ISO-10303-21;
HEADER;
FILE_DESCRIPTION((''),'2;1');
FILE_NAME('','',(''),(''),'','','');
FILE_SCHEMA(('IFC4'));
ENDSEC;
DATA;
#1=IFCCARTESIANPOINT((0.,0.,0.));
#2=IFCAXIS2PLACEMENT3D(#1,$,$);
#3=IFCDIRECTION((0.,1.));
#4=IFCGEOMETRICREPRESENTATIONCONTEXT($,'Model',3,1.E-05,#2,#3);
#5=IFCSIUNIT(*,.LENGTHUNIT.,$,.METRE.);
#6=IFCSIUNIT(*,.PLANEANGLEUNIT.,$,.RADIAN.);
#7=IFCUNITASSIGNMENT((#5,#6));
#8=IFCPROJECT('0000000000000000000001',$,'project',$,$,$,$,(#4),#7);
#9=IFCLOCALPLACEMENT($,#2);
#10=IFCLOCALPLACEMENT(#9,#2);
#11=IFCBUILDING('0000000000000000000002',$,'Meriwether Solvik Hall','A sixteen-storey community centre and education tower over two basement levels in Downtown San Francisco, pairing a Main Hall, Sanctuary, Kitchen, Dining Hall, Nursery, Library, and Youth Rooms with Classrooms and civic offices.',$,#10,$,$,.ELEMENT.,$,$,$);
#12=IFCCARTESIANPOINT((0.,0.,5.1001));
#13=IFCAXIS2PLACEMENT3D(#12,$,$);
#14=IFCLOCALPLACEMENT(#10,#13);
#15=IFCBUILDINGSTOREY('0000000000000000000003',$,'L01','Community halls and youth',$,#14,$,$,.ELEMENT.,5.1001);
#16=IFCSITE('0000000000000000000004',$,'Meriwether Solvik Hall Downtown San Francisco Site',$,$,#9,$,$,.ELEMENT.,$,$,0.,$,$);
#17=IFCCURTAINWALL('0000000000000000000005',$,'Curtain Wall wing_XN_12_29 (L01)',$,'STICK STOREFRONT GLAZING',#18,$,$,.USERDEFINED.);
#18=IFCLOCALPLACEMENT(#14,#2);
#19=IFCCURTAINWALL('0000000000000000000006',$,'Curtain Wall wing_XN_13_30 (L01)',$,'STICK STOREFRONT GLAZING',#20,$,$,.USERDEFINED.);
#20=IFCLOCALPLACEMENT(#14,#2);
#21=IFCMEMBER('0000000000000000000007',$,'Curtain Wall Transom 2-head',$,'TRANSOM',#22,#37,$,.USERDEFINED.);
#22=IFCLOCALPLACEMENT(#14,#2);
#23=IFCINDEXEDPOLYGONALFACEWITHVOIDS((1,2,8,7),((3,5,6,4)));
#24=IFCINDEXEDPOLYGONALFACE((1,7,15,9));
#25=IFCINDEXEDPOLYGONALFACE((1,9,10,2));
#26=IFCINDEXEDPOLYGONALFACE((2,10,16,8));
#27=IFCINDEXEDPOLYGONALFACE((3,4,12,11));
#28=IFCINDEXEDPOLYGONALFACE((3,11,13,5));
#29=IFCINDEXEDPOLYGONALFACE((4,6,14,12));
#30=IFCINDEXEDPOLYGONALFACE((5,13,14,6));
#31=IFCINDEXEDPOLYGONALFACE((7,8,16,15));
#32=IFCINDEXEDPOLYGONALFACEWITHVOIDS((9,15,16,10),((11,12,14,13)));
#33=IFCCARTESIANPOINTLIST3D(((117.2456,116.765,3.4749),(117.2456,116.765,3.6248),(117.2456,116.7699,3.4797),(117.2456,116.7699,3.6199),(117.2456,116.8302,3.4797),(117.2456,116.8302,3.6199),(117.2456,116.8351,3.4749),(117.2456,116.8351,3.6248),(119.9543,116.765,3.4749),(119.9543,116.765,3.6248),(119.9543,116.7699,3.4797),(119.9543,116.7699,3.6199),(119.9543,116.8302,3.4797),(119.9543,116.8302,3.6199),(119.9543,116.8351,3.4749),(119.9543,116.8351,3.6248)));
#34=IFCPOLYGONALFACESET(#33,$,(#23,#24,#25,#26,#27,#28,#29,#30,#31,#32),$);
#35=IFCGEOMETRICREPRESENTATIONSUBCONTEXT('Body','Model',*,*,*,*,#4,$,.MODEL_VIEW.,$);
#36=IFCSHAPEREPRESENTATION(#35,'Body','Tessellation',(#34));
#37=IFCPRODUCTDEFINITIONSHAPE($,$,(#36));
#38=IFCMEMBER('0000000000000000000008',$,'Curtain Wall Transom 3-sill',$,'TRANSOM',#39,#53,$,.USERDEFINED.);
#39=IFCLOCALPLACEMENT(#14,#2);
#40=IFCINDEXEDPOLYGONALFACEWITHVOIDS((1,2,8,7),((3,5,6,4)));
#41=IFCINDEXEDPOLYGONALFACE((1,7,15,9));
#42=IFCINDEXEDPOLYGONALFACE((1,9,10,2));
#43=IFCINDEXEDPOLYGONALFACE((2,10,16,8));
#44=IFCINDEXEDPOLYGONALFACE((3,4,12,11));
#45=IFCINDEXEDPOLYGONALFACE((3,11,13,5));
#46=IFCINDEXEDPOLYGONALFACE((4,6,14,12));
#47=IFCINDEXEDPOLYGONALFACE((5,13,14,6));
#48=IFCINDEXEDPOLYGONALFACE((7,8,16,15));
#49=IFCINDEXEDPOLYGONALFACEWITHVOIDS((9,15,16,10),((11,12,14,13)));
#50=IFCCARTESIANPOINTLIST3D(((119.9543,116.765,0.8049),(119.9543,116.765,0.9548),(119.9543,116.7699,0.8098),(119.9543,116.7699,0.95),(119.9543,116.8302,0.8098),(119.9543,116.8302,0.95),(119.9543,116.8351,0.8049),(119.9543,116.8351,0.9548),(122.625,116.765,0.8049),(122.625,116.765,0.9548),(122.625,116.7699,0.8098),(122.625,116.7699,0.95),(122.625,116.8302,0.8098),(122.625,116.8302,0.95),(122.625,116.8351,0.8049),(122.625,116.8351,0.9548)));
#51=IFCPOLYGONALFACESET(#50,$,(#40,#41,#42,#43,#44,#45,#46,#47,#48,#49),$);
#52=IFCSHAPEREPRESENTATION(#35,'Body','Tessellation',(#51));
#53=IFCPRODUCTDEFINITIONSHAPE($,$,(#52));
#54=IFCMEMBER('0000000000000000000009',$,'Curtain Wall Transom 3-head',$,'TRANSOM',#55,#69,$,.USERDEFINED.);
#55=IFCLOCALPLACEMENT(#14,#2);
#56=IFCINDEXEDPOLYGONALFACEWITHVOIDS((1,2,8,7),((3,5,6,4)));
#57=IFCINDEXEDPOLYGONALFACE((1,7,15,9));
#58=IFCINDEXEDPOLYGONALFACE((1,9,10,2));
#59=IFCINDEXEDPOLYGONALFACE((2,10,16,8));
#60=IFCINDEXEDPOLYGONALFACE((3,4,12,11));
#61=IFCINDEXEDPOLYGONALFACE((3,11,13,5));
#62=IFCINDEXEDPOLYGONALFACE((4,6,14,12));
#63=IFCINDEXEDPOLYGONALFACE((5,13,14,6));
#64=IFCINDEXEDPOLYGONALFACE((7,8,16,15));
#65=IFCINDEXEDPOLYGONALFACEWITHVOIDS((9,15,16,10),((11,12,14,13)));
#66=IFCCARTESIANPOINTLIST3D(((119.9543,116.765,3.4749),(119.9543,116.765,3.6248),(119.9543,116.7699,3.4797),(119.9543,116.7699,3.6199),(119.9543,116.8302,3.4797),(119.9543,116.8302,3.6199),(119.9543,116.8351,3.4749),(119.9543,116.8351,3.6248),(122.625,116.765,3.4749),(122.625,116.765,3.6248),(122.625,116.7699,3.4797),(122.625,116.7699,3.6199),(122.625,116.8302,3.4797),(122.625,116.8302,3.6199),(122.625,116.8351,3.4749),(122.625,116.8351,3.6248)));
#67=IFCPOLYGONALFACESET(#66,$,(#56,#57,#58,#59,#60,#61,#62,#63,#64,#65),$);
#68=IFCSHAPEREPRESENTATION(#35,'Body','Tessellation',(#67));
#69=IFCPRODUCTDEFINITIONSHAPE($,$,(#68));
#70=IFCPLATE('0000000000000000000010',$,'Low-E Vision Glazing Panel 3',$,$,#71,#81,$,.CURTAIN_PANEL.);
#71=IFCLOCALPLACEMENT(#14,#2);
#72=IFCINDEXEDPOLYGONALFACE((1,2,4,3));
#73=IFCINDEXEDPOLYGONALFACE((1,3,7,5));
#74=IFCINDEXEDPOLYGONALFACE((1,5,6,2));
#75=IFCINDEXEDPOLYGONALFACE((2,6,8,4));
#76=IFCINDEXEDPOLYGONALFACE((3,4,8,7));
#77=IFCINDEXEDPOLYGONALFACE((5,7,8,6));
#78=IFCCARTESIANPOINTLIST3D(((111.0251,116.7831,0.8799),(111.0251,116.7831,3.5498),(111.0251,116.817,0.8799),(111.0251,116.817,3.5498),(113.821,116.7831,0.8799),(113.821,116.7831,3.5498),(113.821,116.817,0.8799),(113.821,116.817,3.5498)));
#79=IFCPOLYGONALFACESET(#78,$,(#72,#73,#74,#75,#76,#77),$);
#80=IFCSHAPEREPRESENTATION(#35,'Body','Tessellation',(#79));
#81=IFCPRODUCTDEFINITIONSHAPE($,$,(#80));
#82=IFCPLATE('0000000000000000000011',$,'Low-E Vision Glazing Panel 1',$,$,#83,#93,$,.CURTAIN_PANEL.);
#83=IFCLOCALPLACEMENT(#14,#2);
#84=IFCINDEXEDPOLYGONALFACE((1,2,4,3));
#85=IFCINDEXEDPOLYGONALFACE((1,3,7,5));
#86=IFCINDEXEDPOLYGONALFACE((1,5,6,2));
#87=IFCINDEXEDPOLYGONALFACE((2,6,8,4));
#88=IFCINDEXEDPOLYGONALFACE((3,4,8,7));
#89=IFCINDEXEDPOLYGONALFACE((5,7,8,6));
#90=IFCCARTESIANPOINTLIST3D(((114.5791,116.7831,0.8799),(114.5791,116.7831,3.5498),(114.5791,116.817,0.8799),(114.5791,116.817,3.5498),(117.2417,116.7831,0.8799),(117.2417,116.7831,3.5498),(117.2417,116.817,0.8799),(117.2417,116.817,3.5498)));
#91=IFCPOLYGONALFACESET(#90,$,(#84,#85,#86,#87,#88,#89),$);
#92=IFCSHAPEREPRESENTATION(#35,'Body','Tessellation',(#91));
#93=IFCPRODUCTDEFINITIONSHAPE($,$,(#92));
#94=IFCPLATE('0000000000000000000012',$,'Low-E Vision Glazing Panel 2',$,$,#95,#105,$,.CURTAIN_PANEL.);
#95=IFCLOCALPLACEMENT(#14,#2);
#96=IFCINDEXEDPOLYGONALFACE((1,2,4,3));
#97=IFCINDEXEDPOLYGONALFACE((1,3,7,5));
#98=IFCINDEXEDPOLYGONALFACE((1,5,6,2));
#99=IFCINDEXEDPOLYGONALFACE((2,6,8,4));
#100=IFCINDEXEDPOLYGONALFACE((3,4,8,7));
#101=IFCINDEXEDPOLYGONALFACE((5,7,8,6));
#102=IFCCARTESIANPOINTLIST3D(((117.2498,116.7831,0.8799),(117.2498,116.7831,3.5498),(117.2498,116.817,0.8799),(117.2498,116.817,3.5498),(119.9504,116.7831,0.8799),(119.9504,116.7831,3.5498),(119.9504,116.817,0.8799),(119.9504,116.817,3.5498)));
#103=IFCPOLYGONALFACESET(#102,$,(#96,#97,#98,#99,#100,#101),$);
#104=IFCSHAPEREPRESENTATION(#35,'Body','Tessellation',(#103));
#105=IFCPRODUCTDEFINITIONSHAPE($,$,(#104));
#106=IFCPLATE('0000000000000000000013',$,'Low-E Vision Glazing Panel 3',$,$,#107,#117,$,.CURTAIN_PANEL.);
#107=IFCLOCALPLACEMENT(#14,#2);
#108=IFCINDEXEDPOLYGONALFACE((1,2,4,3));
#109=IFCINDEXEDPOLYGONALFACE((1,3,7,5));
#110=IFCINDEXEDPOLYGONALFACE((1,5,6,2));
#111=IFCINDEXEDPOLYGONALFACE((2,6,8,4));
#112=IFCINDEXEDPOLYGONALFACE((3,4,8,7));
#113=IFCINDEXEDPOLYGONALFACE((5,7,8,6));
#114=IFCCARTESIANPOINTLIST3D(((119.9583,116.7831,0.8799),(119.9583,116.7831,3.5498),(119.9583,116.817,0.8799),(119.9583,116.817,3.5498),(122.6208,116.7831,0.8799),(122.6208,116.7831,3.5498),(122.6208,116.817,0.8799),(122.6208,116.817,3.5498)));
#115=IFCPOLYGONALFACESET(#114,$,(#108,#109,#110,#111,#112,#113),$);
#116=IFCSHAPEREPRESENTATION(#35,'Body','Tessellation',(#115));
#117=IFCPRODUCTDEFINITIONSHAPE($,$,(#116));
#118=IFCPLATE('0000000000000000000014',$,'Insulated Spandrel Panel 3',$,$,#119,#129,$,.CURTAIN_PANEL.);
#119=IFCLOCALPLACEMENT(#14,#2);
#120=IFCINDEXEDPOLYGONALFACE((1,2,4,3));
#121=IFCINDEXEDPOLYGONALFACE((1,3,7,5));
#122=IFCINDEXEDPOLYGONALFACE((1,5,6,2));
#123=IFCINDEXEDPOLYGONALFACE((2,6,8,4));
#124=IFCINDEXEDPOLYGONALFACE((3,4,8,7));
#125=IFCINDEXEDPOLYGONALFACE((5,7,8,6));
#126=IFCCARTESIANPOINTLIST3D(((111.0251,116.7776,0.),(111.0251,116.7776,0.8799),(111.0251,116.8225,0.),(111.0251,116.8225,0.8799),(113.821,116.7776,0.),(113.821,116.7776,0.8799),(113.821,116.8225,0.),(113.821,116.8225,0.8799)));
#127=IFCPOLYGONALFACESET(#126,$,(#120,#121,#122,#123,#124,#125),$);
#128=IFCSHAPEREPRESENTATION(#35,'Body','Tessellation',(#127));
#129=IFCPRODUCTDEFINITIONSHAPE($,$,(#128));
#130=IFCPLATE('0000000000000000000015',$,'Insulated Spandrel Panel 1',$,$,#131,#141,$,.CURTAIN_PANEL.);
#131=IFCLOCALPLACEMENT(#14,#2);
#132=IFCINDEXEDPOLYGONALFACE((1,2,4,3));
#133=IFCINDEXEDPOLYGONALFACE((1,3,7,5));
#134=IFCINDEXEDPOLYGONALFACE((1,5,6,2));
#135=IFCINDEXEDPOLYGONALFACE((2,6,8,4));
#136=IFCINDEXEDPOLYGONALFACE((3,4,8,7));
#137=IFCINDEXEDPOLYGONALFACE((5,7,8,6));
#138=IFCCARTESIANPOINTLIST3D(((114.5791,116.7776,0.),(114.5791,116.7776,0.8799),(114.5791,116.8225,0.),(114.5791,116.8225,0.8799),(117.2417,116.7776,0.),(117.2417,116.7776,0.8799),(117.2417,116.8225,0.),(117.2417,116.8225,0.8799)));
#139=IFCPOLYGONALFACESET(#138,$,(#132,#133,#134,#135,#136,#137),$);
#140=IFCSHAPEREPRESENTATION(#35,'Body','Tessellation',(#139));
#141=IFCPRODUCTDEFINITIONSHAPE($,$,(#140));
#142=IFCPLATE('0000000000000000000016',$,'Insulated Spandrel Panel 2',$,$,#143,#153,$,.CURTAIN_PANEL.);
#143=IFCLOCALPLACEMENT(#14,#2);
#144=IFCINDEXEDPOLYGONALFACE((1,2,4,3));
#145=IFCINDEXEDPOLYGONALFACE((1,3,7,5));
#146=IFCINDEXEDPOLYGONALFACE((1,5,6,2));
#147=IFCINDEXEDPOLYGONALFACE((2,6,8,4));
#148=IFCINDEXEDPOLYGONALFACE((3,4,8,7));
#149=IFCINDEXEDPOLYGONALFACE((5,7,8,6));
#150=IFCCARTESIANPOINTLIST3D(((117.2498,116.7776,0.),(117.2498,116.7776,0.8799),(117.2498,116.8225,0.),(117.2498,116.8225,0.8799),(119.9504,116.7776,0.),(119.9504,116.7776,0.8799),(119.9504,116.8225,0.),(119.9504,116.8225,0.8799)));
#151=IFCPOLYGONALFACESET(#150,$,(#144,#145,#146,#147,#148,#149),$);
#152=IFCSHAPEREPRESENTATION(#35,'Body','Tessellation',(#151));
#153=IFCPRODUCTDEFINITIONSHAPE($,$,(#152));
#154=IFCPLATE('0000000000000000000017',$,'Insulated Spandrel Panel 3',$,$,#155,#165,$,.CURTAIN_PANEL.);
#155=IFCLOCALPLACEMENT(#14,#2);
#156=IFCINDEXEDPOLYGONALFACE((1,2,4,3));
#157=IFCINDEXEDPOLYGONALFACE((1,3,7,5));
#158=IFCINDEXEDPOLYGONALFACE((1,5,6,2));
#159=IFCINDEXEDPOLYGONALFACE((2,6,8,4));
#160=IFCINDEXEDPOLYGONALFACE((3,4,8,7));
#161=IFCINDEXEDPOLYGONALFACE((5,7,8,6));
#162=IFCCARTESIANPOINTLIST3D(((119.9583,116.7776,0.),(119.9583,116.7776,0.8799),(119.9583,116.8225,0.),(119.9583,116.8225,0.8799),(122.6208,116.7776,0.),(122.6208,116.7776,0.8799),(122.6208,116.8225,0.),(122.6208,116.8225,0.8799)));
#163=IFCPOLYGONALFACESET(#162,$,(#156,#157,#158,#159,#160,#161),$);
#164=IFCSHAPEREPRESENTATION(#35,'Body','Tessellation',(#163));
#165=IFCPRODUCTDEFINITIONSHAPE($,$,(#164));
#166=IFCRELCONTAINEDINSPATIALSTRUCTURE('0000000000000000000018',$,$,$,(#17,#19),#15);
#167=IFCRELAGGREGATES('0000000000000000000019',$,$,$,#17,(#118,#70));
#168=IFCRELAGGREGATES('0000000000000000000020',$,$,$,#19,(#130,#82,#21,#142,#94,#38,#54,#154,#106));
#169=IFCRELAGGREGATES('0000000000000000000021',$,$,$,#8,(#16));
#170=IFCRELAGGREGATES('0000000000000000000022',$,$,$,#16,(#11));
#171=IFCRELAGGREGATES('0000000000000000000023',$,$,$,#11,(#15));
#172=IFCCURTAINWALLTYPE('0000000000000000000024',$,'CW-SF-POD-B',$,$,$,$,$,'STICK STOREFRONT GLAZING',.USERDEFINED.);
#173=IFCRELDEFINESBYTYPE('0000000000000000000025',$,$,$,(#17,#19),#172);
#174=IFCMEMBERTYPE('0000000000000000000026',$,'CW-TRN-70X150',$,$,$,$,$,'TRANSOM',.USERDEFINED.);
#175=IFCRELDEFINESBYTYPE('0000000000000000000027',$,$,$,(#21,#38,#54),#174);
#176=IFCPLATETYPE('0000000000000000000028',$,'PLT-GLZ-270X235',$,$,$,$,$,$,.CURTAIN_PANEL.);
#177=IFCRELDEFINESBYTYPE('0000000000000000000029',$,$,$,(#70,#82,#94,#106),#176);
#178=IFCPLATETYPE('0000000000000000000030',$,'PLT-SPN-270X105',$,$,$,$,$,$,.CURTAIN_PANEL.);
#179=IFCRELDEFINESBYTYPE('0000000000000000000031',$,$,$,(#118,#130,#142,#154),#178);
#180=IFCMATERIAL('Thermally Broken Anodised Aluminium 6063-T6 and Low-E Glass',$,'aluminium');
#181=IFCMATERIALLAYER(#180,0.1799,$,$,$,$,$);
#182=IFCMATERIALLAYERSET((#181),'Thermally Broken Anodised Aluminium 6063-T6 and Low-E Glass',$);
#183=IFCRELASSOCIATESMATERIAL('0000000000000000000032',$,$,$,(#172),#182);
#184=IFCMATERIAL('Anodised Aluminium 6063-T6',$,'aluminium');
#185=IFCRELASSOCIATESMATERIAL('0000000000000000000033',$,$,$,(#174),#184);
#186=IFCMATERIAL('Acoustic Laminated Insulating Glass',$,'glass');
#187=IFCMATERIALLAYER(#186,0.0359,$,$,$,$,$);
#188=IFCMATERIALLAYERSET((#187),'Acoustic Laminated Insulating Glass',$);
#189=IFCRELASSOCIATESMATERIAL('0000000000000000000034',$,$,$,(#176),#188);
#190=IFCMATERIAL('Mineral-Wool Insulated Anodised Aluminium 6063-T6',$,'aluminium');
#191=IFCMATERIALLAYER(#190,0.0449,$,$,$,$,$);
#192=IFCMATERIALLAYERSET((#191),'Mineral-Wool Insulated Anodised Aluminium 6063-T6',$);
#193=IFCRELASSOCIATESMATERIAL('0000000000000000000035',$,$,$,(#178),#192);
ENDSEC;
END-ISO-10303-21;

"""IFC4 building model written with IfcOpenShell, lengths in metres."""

from ifc_helpers import new_model, si_unit, direction, frame, origin, origin_2d, place, context, subcontext, project, spatial, rectangle, hollow_rectangle, extrude, material, layer, layer_set, material_profile, profile_set, type_object, element, aggregate, save


model = new_model("IFC4")

# Units and contexts
model_context = context("Model", 3, precision=1e-05, world=origin(), true_north=direction((0.0, 1.0)))
body_context = subcontext(model_context, "Body", "Model", "MODEL_VIEW")
ifc_project = project(units=[si_unit("LENGTHUNIT", "METRE"), si_unit("PLANEANGLEUNIT", "RADIAN")], contexts=[model_context])

# Site, building, storey
site_placement = place(None, origin())
site = spatial("IfcSite", under=ifc_project, at=site_placement, Name="Meriwether Solvik Hall Downtown San Francisco Site", CompositionType="ELEMENT", RefElevation=0.0)
building_placement = place(site_placement, origin())
building = spatial("IfcBuilding", under=site, at=building_placement, Name="Meriwether Solvik Hall", Description="A sixteen-storey community centre and education tower over two basement levels in Downtown San Francisco, pairing a Main Hall, Sanctuary, Kitchen, Dining Hall, Nursery, Library, and Youth Rooms with Classrooms and civic offices.", CompositionType="ELEMENT")
storey_placement = place(building_placement, frame((0.0, 0.0, 5.1001)))
storey = spatial("IfcBuildingStorey", under=building, at=storey_placement, Name="L01", Description="Community halls and youth", CompositionType="ELEMENT", Elevation=5.1001)

# Curtain wall
ifc_material_1 = material(Name="Thermally Broken Anodised Aluminium 6063-T6 and Low-E Glass", Category="aluminium")
ifc_layer_1 = layer(ifc_material_1, 0.1799)
ifc_layer_set_1 = layer_set([ifc_layer_1], Name="Thermally Broken Anodised Aluminium 6063-T6 and Low-E Glass")
curtain_wall_type = type_object("IfcCurtainWallType", Name="CW-SF-POD-B", ElementType="STICK STOREFRONT GLAZING", PredefinedType="USERDEFINED", material=ifc_layer_set_1)
curtain_wall_1_placement = place(storey_placement, origin())
curtain_wall_1 = element("IfcCurtainWall", 1, at=curtain_wall_1_placement, inside=storey, type_object=curtain_wall_type, Name="Curtain Wall wing_XN_12_29 (L01)", ObjectType="STICK STOREFRONT GLAZING", PredefinedType="USERDEFINED")

# Curtain wall, members
curtain_wall_2_placement = place(storey_placement, origin())
curtain_wall_2 = element("IfcCurtainWall", 2, at=curtain_wall_2_placement, inside=storey, type_object=curtain_wall_type, Name="Curtain Wall wing_XN_13_30 (L01)", ObjectType="STICK STOREFRONT GLAZING", PredefinedType="USERDEFINED")
ifc_material_2 = material(Name="Anodised Aluminium 6063-T6", Category="aluminium")
ifc_material_profile_1 = material_profile(ifc_material_2, hollow_rectangle(XDim=0.0701, YDim=0.1499, WallThickness=0.0049, at=origin_2d()), Name="CWT-70X150")
ifc_profile_set_1 = profile_set([ifc_material_profile_1], Name="Anodised Aluminium 6063-T6")
member_type_1 = type_object("IfcMemberType", Name="CW-TRN-70X150", ElementType="TRANSOM", PredefinedType="USERDEFINED", material=ifc_profile_set_1)
member_1_placement = place(storey_placement, frame((117.2456, 116.8, 3.5498), z_axis=(1.0, 0.0, 0.0), x_axis=(0.0, 1.0, 0.0)))
member_1 = element("IfcMember", 3, at=member_1_placement, type_object=member_type_1, Name="Curtain Wall Transom 2-head", ObjectType="TRANSOM", PredefinedType="USERDEFINED", context=body_context, shape_type="SweptSolid", body=[
    extrude(hollow_rectangle(XDim=0.0701, YDim=0.1499, WallThickness=0.0049, at=origin_2d()), origin(), (0.0, 0.0, 1.0), 2.7087),
])
member_2_placement = place(storey_placement, frame((119.9543, 116.8, 0.8799), z_axis=(1.0, 0.0, 0.0), x_axis=(0.0, 1.0, 0.0)))
member_2 = element("IfcMember", 4, at=member_2_placement, type_object=member_type_1, Name="Curtain Wall Transom 3-sill", ObjectType="TRANSOM", PredefinedType="USERDEFINED", context=body_context, shape_type="SweptSolid", body=[
    extrude(hollow_rectangle(XDim=0.0701, YDim=0.1499, WallThickness=0.0049, at=origin_2d()), origin(), (0.0, 0.0, 1.0), 2.6707),
])
member_3_placement = place(storey_placement, frame((119.9543, 116.8, 3.5498), z_axis=(1.0, 0.0, 0.0), x_axis=(0.0, 1.0, 0.0)))
member_3 = element("IfcMember", 5, at=member_3_placement, type_object=member_type_1, Name="Curtain Wall Transom 3-head", ObjectType="TRANSOM", PredefinedType="USERDEFINED", context=body_context, shape_type="SweptSolid", body=[
    extrude(hollow_rectangle(XDim=0.0701, YDim=0.1499, WallThickness=0.0049, at=origin_2d()), origin(), (0.0, 0.0, 1.0), 2.6707),
])

# Plates
ifc_material_3 = material(Name="Acoustic Laminated Insulating Glass", Category="glass")
ifc_layer_2 = layer(ifc_material_3, 0.0359)
ifc_layer_set_2 = layer_set([ifc_layer_2], Name="Acoustic Laminated Insulating Glass")
plate_type_1 = type_object("IfcPlateType", Name="PLT-GLZ-270X235", PredefinedType="CURTAIN_PANEL", material=ifc_layer_set_2)
plate_1_placement = place(storey_placement, frame((112.4231, 116.8, 0.8799), z_axis=(0.0, 0.0, 1.0), x_axis=(1.0, 0.0, 0.0)))
plate_1 = element("IfcPlate", 6, at=plate_1_placement, type_object=plate_type_1, Name="Low-E Vision Glazing Panel 3", PredefinedType="CURTAIN_PANEL", context=body_context, shape_type="SweptSolid", body=[
    extrude(rectangle(XDim=2.7959, YDim=0.0339, at=origin_2d()), origin(), (0.0, 0.0, 1.0), 2.6699),
])
plate_2_placement = place(storey_placement, frame((115.9104, 116.8, 0.8799), z_axis=(0.0, 0.0, 1.0), x_axis=(1.0, 0.0, 0.0)))
plate_2 = element("IfcPlate", 7, at=plate_2_placement, type_object=plate_type_1, Name="Low-E Vision Glazing Panel 1", PredefinedType="CURTAIN_PANEL", context=body_context, shape_type="SweptSolid", body=[
    extrude(rectangle(XDim=2.6626, YDim=0.0339, at=origin_2d()), origin(), (0.0, 0.0, 1.0), 2.6699),
])
plate_3_placement = place(storey_placement, frame((118.6001, 116.8, 0.8799), z_axis=(0.0, 0.0, 1.0), x_axis=(1.0, 0.0, 0.0)))
plate_3 = element("IfcPlate", 8, at=plate_3_placement, type_object=plate_type_1, Name="Low-E Vision Glazing Panel 2", PredefinedType="CURTAIN_PANEL", context=body_context, shape_type="SweptSolid", body=[
    extrude(rectangle(XDim=2.7007, YDim=0.0339, at=origin_2d()), origin(), (0.0, 0.0, 1.0), 2.6699),
])
plate_4_placement = place(storey_placement, frame((121.2896, 116.8, 0.8799), z_axis=(0.0, 0.0, 1.0), x_axis=(1.0, 0.0, 0.0)))
plate_4 = element("IfcPlate", 9, at=plate_4_placement, type_object=plate_type_1, Name="Low-E Vision Glazing Panel 3", PredefinedType="CURTAIN_PANEL", context=body_context, shape_type="SweptSolid", body=[
    extrude(rectangle(XDim=2.6626, YDim=0.0339, at=origin_2d()), origin(), (0.0, 0.0, 1.0), 2.6699),
])
ifc_material_4 = material(Name="Mineral-Wool Insulated Anodised Aluminium 6063-T6", Category="aluminium")
ifc_layer_3 = layer(ifc_material_4, 0.0449)
ifc_layer_set_3 = layer_set([ifc_layer_3], Name="Mineral-Wool Insulated Anodised Aluminium 6063-T6")
plate_type_2 = type_object("IfcPlateType", Name="PLT-SPN-270X105", PredefinedType="CURTAIN_PANEL", material=ifc_layer_set_3)
plate_5_placement = place(storey_placement, frame((112.4231, 116.8, 0.0), z_axis=(0.0, 0.0, 1.0), x_axis=(1.0, 0.0, 0.0)))
plate_5 = element("IfcPlate", 10, at=plate_5_placement, type_object=plate_type_2, Name="Insulated Spandrel Panel 3", PredefinedType="CURTAIN_PANEL", context=body_context, shape_type="SweptSolid", body=[
    extrude(rectangle(XDim=2.7959, YDim=0.0449, at=origin_2d()), origin(), (0.0, 0.0, 1.0), 0.8799),
])
aggregate(curtain_wall_1, [plate_5, plate_1])
plate_6_placement = place(storey_placement, frame((115.9104, 116.8, 0.0), z_axis=(0.0, 0.0, 1.0), x_axis=(1.0, 0.0, 0.0)))
plate_6 = element("IfcPlate", 11, at=plate_6_placement, type_object=plate_type_2, Name="Insulated Spandrel Panel 1", PredefinedType="CURTAIN_PANEL", context=body_context, shape_type="SweptSolid", body=[
    extrude(rectangle(XDim=2.6626, YDim=0.0449, at=origin_2d()), origin(), (0.0, 0.0, 1.0), 0.8799),
])
plate_7_placement = place(storey_placement, frame((118.6001, 116.8, 0.0), z_axis=(0.0, 0.0, 1.0), x_axis=(1.0, 0.0, 0.0)))
plate_7 = element("IfcPlate", 12, at=plate_7_placement, type_object=plate_type_2, Name="Insulated Spandrel Panel 2", PredefinedType="CURTAIN_PANEL", context=body_context, shape_type="SweptSolid", body=[
    extrude(rectangle(XDim=2.7007, YDim=0.0449, at=origin_2d()), origin(), (0.0, 0.0, 1.0), 0.8799),
])
plate_8_placement = place(storey_placement, frame((121.2896, 116.8, 0.0), z_axis=(0.0, 0.0, 1.0), x_axis=(1.0, 0.0, 0.0)))
plate_8 = element("IfcPlate", 13, at=plate_8_placement, type_object=plate_type_2, Name="Insulated Spandrel Panel 3", PredefinedType="CURTAIN_PANEL", context=body_context, shape_type="SweptSolid", body=[
    extrude(rectangle(XDim=2.6626, YDim=0.0449, at=origin_2d()), origin(), (0.0, 0.0, 1.0), 0.8799),
])
aggregate(curtain_wall_2, [plate_6, plate_2, member_1, plate_7, plate_3, member_2, member_3, plate_8, plate_4])

save(model, "model.ifc")
